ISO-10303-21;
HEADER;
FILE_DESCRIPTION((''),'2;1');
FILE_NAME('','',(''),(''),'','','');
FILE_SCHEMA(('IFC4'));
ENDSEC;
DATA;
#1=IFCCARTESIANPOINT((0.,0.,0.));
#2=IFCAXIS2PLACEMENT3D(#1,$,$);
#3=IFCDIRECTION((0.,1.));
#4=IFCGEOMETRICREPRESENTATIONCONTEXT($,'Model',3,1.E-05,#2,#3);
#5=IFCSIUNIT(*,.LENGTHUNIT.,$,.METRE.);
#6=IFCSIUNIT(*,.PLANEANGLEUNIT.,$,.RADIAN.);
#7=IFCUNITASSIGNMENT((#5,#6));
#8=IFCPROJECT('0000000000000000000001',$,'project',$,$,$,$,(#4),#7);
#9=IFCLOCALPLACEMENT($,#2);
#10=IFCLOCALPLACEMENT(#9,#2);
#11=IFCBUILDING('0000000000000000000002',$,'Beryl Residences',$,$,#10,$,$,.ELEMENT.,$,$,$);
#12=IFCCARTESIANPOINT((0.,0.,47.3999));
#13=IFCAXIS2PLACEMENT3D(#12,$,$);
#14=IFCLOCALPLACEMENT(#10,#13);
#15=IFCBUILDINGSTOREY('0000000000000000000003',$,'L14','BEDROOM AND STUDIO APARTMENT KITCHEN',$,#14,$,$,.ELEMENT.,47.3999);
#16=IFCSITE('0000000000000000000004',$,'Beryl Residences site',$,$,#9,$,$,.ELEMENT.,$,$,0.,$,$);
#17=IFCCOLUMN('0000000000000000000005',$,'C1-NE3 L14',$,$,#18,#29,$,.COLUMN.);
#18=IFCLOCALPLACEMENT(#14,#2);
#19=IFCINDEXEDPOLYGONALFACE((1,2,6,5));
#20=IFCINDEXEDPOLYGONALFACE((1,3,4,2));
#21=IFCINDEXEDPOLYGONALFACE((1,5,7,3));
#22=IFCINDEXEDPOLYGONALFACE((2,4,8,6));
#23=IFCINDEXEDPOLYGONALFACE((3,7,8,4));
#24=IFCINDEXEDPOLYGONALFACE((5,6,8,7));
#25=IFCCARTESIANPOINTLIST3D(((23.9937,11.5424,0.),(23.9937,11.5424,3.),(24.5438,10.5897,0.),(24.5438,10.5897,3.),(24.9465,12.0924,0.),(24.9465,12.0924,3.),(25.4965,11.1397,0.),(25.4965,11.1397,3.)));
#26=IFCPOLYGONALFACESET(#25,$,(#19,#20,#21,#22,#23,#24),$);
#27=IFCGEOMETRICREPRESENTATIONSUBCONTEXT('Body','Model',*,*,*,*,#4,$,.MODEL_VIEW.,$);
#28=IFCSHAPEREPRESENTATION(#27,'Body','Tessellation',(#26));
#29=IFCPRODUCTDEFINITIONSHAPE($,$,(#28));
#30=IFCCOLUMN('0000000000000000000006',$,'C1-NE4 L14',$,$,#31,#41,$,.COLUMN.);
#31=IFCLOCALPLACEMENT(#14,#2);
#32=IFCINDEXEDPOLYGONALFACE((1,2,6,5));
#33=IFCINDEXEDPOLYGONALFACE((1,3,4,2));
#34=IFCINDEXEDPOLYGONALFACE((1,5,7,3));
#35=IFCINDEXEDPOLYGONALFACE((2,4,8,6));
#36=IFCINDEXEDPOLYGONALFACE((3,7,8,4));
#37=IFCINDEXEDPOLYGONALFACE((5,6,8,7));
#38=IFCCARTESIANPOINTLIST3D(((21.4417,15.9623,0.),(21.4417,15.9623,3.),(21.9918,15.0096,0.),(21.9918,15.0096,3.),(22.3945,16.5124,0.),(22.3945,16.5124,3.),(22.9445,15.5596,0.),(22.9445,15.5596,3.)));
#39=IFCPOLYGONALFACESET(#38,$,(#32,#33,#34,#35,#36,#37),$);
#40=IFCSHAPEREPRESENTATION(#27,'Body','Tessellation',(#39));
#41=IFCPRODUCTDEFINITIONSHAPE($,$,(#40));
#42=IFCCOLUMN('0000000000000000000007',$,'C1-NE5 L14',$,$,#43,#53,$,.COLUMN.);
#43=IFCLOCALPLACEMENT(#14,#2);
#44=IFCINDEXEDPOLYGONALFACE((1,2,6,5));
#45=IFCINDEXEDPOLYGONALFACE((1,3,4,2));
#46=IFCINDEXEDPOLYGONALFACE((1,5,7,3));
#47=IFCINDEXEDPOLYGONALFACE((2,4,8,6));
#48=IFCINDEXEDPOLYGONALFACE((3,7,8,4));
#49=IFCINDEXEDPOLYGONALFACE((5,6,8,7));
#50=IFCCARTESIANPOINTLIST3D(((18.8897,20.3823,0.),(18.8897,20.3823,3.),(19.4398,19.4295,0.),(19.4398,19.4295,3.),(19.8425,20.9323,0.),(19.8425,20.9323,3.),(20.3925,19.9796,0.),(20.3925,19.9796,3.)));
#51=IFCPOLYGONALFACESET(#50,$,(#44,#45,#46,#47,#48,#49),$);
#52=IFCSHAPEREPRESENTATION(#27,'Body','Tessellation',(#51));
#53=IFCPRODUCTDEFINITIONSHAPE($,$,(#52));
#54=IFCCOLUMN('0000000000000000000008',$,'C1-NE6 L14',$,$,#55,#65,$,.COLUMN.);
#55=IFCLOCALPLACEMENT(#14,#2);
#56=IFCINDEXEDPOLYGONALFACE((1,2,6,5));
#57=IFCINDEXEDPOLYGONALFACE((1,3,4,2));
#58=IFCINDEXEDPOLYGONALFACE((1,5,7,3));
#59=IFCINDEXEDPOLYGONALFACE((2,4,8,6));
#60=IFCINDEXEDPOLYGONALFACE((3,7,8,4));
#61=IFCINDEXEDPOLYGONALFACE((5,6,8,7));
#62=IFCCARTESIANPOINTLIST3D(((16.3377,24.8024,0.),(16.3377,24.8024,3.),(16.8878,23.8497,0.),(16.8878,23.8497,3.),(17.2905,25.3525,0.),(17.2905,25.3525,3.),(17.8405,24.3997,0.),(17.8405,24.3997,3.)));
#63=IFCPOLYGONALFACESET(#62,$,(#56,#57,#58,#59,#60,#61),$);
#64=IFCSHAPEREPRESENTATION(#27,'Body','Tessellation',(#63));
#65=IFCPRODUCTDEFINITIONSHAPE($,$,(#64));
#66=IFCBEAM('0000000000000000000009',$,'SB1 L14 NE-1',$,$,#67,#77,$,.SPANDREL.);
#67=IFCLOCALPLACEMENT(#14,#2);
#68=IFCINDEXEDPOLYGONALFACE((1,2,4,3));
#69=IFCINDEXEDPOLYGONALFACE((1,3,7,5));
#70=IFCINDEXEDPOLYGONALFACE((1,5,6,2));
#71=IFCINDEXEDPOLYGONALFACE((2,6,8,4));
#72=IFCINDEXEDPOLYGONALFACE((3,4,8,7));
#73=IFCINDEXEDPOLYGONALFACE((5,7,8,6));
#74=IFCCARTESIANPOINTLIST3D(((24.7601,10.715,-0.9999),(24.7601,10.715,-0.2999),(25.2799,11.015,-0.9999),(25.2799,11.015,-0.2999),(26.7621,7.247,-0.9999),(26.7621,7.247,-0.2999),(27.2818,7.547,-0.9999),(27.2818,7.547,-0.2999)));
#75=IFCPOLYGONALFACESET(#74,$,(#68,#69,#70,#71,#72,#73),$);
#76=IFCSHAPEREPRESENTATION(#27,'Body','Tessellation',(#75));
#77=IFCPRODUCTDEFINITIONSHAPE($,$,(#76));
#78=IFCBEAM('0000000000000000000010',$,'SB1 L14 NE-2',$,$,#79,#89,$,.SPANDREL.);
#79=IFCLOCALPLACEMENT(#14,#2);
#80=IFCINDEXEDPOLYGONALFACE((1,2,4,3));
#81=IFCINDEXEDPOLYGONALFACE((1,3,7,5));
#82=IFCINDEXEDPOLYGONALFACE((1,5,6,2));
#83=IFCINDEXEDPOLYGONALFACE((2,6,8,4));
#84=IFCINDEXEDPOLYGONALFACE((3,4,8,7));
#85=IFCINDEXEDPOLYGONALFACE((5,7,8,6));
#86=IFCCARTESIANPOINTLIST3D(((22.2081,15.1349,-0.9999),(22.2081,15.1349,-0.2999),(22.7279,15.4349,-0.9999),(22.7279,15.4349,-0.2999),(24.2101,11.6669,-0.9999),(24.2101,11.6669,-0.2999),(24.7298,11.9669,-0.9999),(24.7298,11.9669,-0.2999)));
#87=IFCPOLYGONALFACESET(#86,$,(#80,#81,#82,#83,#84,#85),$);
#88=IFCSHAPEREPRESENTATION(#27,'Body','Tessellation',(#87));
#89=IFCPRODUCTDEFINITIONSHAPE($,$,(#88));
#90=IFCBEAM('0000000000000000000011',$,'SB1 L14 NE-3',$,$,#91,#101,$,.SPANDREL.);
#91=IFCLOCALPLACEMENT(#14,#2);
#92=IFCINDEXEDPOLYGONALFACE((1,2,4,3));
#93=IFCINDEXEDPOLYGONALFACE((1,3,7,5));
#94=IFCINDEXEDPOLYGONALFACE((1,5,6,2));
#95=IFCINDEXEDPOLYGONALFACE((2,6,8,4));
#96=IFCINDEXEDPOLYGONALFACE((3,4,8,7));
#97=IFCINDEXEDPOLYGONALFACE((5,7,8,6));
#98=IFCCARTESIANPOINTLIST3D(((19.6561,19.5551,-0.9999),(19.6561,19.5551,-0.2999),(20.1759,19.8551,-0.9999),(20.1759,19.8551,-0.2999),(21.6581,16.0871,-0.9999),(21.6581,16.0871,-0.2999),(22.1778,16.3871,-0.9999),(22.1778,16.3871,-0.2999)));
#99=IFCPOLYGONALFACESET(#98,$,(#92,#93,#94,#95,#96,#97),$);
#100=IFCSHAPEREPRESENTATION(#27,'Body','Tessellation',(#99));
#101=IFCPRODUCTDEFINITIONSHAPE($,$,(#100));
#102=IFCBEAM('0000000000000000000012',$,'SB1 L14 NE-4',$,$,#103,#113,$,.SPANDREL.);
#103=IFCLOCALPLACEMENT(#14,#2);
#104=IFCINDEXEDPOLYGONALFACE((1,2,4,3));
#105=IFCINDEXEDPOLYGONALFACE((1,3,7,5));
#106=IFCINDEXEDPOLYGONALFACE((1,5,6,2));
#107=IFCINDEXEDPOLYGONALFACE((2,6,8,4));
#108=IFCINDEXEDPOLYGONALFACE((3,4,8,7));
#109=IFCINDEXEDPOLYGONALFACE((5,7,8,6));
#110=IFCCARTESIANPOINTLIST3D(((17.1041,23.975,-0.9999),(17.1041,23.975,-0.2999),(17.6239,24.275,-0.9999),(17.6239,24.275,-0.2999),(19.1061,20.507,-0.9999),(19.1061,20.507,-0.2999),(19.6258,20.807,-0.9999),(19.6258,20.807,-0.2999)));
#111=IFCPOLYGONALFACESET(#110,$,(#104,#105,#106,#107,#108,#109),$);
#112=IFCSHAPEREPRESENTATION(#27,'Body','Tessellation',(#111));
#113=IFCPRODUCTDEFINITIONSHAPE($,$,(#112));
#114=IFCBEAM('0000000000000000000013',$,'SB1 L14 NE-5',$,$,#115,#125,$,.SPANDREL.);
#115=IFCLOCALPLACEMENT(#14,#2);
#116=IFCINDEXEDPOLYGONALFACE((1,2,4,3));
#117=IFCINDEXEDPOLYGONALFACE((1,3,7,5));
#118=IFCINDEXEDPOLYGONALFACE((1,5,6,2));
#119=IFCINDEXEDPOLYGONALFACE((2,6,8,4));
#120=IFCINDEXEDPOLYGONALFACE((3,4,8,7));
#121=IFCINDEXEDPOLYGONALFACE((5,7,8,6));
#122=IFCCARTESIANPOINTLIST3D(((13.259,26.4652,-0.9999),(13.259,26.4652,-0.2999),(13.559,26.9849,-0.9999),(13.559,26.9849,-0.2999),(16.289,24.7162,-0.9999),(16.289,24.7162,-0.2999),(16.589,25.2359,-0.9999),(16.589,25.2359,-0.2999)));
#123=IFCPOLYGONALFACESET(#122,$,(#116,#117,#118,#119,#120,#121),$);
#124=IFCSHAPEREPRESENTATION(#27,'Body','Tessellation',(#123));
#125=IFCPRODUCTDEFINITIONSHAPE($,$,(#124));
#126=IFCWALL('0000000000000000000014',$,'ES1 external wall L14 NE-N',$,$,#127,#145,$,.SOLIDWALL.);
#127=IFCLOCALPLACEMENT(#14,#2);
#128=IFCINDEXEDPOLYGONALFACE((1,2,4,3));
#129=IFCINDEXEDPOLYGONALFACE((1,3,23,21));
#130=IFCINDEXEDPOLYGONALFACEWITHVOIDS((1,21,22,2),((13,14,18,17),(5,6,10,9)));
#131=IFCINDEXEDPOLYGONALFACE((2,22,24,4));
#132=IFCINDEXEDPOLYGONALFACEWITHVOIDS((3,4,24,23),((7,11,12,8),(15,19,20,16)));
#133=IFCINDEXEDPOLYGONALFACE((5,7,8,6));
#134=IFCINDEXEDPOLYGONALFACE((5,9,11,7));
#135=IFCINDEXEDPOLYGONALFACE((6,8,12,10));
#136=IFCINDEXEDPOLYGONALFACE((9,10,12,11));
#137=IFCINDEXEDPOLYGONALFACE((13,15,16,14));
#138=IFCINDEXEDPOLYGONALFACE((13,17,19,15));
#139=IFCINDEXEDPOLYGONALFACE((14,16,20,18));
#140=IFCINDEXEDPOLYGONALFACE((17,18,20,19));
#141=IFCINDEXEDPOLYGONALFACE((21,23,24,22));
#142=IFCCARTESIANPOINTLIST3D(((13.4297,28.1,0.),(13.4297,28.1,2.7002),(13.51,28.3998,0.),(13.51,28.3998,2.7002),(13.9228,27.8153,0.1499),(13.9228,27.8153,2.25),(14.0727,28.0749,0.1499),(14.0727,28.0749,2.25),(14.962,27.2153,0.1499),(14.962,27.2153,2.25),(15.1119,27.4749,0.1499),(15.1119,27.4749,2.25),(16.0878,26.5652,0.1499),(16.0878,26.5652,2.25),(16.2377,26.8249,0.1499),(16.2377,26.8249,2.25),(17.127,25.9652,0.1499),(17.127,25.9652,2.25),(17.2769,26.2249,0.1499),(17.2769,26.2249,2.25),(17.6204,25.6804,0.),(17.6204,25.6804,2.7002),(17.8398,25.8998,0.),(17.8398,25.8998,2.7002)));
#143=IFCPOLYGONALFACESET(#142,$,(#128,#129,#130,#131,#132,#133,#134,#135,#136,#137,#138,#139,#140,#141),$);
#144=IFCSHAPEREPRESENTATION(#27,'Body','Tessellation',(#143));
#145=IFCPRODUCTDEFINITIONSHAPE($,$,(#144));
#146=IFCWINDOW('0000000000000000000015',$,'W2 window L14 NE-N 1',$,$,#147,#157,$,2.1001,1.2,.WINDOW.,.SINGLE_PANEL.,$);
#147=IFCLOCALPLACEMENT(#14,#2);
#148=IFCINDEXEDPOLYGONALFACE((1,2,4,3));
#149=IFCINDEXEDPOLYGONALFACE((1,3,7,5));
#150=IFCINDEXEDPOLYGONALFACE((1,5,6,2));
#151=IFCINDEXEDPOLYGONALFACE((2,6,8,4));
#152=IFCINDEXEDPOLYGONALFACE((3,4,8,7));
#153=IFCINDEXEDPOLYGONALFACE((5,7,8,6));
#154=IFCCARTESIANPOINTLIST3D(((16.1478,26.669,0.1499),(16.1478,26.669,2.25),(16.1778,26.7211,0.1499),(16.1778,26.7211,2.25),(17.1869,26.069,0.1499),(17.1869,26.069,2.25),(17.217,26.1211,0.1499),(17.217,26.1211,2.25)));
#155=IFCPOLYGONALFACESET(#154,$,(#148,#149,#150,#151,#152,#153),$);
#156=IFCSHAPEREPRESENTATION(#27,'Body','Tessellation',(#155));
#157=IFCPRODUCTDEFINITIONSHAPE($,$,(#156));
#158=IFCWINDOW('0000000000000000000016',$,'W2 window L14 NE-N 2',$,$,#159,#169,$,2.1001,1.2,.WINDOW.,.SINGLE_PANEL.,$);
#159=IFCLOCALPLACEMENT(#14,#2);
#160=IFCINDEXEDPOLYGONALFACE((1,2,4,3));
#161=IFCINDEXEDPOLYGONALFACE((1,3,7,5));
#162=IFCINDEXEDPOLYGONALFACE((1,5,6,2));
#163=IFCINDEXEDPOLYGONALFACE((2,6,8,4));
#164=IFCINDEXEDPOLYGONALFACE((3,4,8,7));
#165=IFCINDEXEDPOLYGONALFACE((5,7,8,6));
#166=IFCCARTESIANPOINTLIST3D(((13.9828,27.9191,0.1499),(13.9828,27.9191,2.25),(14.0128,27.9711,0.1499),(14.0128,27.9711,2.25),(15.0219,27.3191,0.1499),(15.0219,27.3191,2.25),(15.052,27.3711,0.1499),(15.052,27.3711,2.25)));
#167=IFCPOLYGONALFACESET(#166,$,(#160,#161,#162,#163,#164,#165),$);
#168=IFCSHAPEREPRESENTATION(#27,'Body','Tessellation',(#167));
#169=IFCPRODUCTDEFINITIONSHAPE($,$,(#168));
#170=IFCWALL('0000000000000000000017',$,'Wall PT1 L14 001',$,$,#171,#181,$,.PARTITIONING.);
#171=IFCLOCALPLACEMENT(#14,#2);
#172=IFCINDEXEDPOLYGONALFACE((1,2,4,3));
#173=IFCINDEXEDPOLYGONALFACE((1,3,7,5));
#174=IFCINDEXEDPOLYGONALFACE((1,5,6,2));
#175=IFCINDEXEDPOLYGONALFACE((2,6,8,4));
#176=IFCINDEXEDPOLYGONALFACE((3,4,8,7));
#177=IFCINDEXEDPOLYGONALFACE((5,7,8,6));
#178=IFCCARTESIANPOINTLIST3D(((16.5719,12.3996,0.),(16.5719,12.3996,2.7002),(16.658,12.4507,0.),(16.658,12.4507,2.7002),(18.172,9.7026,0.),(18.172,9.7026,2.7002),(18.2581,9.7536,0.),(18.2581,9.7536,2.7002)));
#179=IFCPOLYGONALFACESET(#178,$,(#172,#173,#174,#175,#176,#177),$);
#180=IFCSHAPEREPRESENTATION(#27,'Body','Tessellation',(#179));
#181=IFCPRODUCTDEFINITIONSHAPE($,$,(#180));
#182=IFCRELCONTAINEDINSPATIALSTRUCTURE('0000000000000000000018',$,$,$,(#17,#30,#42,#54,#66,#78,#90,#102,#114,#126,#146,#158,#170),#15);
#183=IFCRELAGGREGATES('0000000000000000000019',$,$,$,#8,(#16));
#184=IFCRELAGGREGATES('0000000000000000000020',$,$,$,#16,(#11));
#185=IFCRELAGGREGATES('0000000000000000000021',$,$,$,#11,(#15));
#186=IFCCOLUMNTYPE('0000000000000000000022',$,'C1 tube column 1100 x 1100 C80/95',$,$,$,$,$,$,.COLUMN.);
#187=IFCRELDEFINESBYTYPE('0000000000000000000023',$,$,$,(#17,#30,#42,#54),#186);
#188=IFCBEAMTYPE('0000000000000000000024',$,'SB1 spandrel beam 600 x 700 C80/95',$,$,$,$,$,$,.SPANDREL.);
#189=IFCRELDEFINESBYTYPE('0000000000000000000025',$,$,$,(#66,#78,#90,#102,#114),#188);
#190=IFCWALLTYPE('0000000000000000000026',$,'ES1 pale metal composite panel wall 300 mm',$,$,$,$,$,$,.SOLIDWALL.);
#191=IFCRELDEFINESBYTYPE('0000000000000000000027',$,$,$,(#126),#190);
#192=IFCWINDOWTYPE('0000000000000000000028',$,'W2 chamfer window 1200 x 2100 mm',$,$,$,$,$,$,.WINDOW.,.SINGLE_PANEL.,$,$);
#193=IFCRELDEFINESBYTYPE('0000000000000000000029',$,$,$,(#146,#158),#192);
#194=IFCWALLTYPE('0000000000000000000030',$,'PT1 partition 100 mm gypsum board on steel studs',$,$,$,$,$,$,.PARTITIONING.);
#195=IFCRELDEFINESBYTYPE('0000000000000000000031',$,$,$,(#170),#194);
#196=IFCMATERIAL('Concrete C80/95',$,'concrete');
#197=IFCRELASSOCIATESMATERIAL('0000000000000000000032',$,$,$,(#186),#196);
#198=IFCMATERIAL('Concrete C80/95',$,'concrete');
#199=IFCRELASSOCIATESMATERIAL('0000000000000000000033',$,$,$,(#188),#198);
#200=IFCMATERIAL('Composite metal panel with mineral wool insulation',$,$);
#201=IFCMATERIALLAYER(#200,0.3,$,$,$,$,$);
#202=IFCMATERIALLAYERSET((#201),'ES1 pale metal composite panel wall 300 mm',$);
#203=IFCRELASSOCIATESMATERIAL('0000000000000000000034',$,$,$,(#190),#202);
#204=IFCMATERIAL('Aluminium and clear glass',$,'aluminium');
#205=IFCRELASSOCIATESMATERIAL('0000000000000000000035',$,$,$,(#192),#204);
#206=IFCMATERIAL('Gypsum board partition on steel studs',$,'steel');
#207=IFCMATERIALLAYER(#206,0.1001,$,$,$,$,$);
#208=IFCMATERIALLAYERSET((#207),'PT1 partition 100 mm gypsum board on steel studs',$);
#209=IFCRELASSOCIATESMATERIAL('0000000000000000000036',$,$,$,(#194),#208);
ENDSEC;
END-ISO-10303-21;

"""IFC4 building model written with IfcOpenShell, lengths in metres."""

from ifc_helpers import new_model, si_unit, direction, frame, frame_2d, origin, origin_2d, place, context, subcontext, project, spatial, polyline, rectangle, outline, extrude, material, layer, layer_set, material_profile, profile_set, type_object, element, fill, save


model = new_model("IFC4")

# Units and contexts
model_context = context("Model", 3, precision=1e-05, world=origin(), true_north=direction((0.0, 1.0)))
body_context = subcontext(model_context, "Body", "Model", "MODEL_VIEW")
ifc_project = project(units=[si_unit("LENGTHUNIT", "METRE"), si_unit("PLANEANGLEUNIT", "RADIAN")], contexts=[model_context])

# Site, building, storey
site_placement = place(None, origin())
site = spatial("IfcSite", under=ifc_project, at=site_placement, Name="Beryl Residences site", CompositionType="ELEMENT", RefElevation=0.0)
building_placement = place(site_placement, origin())
building = spatial("IfcBuilding", under=site, at=building_placement, Name="Beryl Residences", CompositionType="ELEMENT")
storey_placement = place(building_placement, frame((0.0, 0.0, 47.3999)))
storey = spatial("IfcBuildingStorey", under=building, at=storey_placement, Name="L14", Description="BEDROOM AND STUDIO APARTMENT KITCHEN", CompositionType="ELEMENT", Elevation=47.3999)

# Columns
ifc_material_1 = material(Name="Concrete C80/95", Category="concrete")
ifc_material_profile_1 = material_profile(ifc_material_1, rectangle(XDim=1.1001, YDim=1.1001, at=origin_2d()))
ifc_profile_set_1 = profile_set([ifc_material_profile_1], Name="Concrete C80/95")
column_type = type_object("IfcColumnType", Name="C1 tube column 1100 x 1100 C80/95", PredefinedType="COLUMN", material=ifc_profile_set_1)
for number, where, z_axis, x_axis, name in (
    (1, (24.7451, 11.3411, 0.0), (0.0, 0.0, 1.0), (-0.499985, 0.866034, 0.0), "C1-NE3 L14"),
    (2, (22.1931, 15.761, 0.0), (0.0, 0.0, 1.0), (-0.499985, 0.866034, 0.0), "C1-NE4 L14"),
    (3, (19.6411, 20.1809, 0.0), (0.0, 0.0, 1.0), (-0.499985, 0.866034, 0.0), "C1-NE5 L14"),
    (4, (17.0891, 24.6011, 0.0), (0.0, 0.0, 1.0), (-0.499985, 0.866034, 0.0), "C1-NE6 L14"),
):
    element("IfcColumn", number, at=place(storey_placement, frame(where, z_axis=z_axis, x_axis=x_axis)), inside=storey, type_object=column_type, Name=name, PredefinedType="COLUMN", context=body_context, shape_type="SweptSolid", body=[
        extrude(rectangle(XDim=1.1001, YDim=1.1001, at=origin_2d()), origin(), (0.0, 0.0, 1.0), 3.0),
    ])

# Beams
ifc_material_2 = material(Name="Concrete C80/95", Category="concrete")
ifc_material_profile_2 = material_profile(ifc_material_2, rectangle(XDim=0.6001, YDim=0.7, at=origin_2d()))
ifc_profile_set_2 = profile_set([ifc_material_profile_2], Name="Concrete C80/95")
beam_type = type_object("IfcBeamType", Name="SB1 spandrel beam 600 x 700 C80/95", PredefinedType="SPANDREL", material=ifc_profile_set_2)
for number, where, z_axis, x_axis, name in (
    (5, (27.022, 7.397, -0.6499), (-0.499942, 0.866059, 0.0), (-0.866059, -0.499942, 0.0), "SB1 L14 NE-1"),
    (6, (24.47, 11.8169, -0.6499), (-0.499942, 0.866059, 0.0), (-0.866059, -0.499942, 0.0), "SB1 L14 NE-2"),
    (7, (21.918, 16.2371, -0.6499), (-0.499942, 0.866059, 0.0), (-0.866059, -0.499942, 0.0), "SB1 L14 NE-3"),
    (8, (19.366, 20.657, -0.6499), (-0.499942, 0.866059, 0.0), (-0.866059, -0.499942, 0.0), "SB1 L14 NE-4"),
):
    element("IfcBeam", number, at=place(storey_placement, frame(where, z_axis=z_axis, x_axis=x_axis)), inside=storey, type_object=beam_type, Name=name, PredefinedType="SPANDREL", context=body_context, shape_type="SweptSolid", body=[
        extrude(rectangle(XDim=0.6001, YDim=0.7, at=origin_2d()), origin(), (0.0, 0.0, 1.0), 4.0044),
    ])
beam_placement = place(storey_placement, frame((16.439, 24.9761, -0.6499), z_axis=(-0.866071, 0.499922, 0.0), x_axis=(-0.499922, -0.866071, 0.0)))
element("IfcBeam", 9, at=beam_placement, inside=storey, type_object=beam_type, Name="SB1 L14 NE-5", PredefinedType="SPANDREL", context=body_context, shape_type="SweptSolid", body=[
    extrude(rectangle(XDim=0.6001, YDim=0.7, at=origin_2d()), origin(), (0.0, 0.0, 1.0), 3.4985),
])

# Wall, openings, windows
ifc_material_3 = material(Name="Composite metal panel with mineral wool insulation")
ifc_layer_1 = layer(ifc_material_3, 0.3)
ifc_layer_set_1 = layer_set([ifc_layer_1], Name="ES1 pale metal composite panel wall 300 mm")
wall_type_1 = type_object("IfcWallType", Name="ES1 pale metal composite panel wall 300 mm", PredefinedType="SOLIDWALL", material=ifc_layer_set_1)
wall_1_placement = place(storey_placement, frame((17.7649, 25.77, 0.0), z_axis=(0.0, 0.0, 1.0), x_axis=(-0.866011, 0.500025, 0.0)))
wall_1 = element("IfcWall", 10, at=wall_1_placement, inside=storey, type_object=wall_type_1, Name="ES1 external wall L14 NE-N", PredefinedType="SOLIDWALL", context=body_context, shape_type="SweptSolid", body=[
    extrude(outline(polyline([(0.0, -0.1499), (4.9998, -0.1499), (4.9194, 0.1499), (0.0803, 0.1499), (0.0, -0.1499)])), origin(), (0.0, 0.0, 1.0), 2.7002),
])
opening_1_placement = place(wall_1_placement, frame((0.6499, 0.0, 0.1499)))
opening_1 = element("IfcOpeningElement", 11, at=opening_1_placement, cuts=wall_1, PredefinedType="OPENING", context=body_context, shape_type="SweptSolid", body=[
    extrude(rectangle(XDim=1.2, YDim=2.1001, at=frame_2d((0.6001, 1.05))), frame((0.0, 0.1599, 0.0), z_axis=(0.0, -1.0, 0.0), x_axis=(1.0, 0.0, 0.0)), (0.0, 0.0, 1.0), 0.3201),
])
opening_2_placement = place(wall_1_placement, frame((3.1499, 0.0, 0.1499)))
opening_2 = element("IfcOpeningElement", 12, at=opening_2_placement, cuts=wall_1, PredefinedType="OPENING", context=body_context, shape_type="SweptSolid", body=[
    extrude(rectangle(XDim=1.2, YDim=2.1001, at=frame_2d((0.6001, 1.05))), frame((0.0, 0.1599, 0.0), z_axis=(0.0, -1.0, 0.0), x_axis=(1.0, 0.0, 0.0)), (0.0, 0.0, 1.0), 0.3201),
])
ifc_material_4 = material(Name="Aluminium and clear glass", Category="aluminium")
window_type = type_object("IfcWindowType", Name="W2 chamfer window 1200 x 2100 mm", PartitioningType="SINGLE_PANEL", PredefinedType="WINDOW", material=ifc_material_4)
window_1_placement = place(opening_1_placement, origin())
window_1 = element("IfcWindow", 13, at=window_1_placement, inside=storey, type_object=window_type, Name="W2 window L14 NE-N 1", OverallHeight=2.1001, OverallWidth=1.2, PartitioningType="SINGLE_PANEL", PredefinedType="WINDOW", context=body_context, shape_type="SweptSolid", body=[
    extrude(rectangle(XDim=1.2, YDim=2.1001, at=frame_2d((0.6001, 1.05))), frame((0.0, 0.03, 0.0), z_axis=(0.0, -1.0, 0.0), x_axis=(1.0, 0.0, 0.0)), (0.0, 0.0, 1.0), 0.0601),
])
fill(opening_1, window_1)
window_2_placement = place(opening_2_placement, origin())
window_2 = element("IfcWindow", 14, at=window_2_placement, inside=storey, type_object=window_type, Name="W2 window L14 NE-N 2", OverallHeight=2.1001, OverallWidth=1.2, PartitioningType="SINGLE_PANEL", PredefinedType="WINDOW", context=body_context, shape_type="SweptSolid", body=[
    extrude(rectangle(XDim=1.2, YDim=2.1001, at=frame_2d((0.6001, 1.05))), frame((0.0, 0.03, 0.0), z_axis=(0.0, -1.0, 0.0), x_axis=(1.0, 0.0, 0.0)), (0.0, 0.0, 1.0), 0.0601),
])
fill(opening_2, window_2)

# Wall
ifc_material_5 = material(Name="Gypsum board partition on steel studs", Category="steel")
ifc_layer_2 = layer(ifc_material_5, 0.1001)
ifc_layer_set_2 = layer_set([ifc_layer_2], Name="PT1 partition 100 mm gypsum board on steel studs")
wall_type_2 = type_object("IfcWallType", Name="PT1 partition 100 mm gypsum board on steel studs", PredefinedType="PARTITIONING", material=ifc_layer_set_2)
wall_2_placement = place(storey_placement, frame((16.615, 12.425, 0.0), z_axis=(0.0, 0.0, 1.0), x_axis=(0.510242, -0.860031, 0.0)))
element("IfcWall", 15, at=wall_2_placement, inside=storey, type_object=wall_type_2, Name="Wall PT1 L14 001", PredefinedType="PARTITIONING", context=body_context, shape_type="SweptSolid", body=[
    extrude(rectangle(XDim=3.136, YDim=0.1001, at=frame_2d((1.5679, 0.0))), origin(), (0.0, 0.0, 1.0), 2.7002),
])

save(model, "model.ifc")
